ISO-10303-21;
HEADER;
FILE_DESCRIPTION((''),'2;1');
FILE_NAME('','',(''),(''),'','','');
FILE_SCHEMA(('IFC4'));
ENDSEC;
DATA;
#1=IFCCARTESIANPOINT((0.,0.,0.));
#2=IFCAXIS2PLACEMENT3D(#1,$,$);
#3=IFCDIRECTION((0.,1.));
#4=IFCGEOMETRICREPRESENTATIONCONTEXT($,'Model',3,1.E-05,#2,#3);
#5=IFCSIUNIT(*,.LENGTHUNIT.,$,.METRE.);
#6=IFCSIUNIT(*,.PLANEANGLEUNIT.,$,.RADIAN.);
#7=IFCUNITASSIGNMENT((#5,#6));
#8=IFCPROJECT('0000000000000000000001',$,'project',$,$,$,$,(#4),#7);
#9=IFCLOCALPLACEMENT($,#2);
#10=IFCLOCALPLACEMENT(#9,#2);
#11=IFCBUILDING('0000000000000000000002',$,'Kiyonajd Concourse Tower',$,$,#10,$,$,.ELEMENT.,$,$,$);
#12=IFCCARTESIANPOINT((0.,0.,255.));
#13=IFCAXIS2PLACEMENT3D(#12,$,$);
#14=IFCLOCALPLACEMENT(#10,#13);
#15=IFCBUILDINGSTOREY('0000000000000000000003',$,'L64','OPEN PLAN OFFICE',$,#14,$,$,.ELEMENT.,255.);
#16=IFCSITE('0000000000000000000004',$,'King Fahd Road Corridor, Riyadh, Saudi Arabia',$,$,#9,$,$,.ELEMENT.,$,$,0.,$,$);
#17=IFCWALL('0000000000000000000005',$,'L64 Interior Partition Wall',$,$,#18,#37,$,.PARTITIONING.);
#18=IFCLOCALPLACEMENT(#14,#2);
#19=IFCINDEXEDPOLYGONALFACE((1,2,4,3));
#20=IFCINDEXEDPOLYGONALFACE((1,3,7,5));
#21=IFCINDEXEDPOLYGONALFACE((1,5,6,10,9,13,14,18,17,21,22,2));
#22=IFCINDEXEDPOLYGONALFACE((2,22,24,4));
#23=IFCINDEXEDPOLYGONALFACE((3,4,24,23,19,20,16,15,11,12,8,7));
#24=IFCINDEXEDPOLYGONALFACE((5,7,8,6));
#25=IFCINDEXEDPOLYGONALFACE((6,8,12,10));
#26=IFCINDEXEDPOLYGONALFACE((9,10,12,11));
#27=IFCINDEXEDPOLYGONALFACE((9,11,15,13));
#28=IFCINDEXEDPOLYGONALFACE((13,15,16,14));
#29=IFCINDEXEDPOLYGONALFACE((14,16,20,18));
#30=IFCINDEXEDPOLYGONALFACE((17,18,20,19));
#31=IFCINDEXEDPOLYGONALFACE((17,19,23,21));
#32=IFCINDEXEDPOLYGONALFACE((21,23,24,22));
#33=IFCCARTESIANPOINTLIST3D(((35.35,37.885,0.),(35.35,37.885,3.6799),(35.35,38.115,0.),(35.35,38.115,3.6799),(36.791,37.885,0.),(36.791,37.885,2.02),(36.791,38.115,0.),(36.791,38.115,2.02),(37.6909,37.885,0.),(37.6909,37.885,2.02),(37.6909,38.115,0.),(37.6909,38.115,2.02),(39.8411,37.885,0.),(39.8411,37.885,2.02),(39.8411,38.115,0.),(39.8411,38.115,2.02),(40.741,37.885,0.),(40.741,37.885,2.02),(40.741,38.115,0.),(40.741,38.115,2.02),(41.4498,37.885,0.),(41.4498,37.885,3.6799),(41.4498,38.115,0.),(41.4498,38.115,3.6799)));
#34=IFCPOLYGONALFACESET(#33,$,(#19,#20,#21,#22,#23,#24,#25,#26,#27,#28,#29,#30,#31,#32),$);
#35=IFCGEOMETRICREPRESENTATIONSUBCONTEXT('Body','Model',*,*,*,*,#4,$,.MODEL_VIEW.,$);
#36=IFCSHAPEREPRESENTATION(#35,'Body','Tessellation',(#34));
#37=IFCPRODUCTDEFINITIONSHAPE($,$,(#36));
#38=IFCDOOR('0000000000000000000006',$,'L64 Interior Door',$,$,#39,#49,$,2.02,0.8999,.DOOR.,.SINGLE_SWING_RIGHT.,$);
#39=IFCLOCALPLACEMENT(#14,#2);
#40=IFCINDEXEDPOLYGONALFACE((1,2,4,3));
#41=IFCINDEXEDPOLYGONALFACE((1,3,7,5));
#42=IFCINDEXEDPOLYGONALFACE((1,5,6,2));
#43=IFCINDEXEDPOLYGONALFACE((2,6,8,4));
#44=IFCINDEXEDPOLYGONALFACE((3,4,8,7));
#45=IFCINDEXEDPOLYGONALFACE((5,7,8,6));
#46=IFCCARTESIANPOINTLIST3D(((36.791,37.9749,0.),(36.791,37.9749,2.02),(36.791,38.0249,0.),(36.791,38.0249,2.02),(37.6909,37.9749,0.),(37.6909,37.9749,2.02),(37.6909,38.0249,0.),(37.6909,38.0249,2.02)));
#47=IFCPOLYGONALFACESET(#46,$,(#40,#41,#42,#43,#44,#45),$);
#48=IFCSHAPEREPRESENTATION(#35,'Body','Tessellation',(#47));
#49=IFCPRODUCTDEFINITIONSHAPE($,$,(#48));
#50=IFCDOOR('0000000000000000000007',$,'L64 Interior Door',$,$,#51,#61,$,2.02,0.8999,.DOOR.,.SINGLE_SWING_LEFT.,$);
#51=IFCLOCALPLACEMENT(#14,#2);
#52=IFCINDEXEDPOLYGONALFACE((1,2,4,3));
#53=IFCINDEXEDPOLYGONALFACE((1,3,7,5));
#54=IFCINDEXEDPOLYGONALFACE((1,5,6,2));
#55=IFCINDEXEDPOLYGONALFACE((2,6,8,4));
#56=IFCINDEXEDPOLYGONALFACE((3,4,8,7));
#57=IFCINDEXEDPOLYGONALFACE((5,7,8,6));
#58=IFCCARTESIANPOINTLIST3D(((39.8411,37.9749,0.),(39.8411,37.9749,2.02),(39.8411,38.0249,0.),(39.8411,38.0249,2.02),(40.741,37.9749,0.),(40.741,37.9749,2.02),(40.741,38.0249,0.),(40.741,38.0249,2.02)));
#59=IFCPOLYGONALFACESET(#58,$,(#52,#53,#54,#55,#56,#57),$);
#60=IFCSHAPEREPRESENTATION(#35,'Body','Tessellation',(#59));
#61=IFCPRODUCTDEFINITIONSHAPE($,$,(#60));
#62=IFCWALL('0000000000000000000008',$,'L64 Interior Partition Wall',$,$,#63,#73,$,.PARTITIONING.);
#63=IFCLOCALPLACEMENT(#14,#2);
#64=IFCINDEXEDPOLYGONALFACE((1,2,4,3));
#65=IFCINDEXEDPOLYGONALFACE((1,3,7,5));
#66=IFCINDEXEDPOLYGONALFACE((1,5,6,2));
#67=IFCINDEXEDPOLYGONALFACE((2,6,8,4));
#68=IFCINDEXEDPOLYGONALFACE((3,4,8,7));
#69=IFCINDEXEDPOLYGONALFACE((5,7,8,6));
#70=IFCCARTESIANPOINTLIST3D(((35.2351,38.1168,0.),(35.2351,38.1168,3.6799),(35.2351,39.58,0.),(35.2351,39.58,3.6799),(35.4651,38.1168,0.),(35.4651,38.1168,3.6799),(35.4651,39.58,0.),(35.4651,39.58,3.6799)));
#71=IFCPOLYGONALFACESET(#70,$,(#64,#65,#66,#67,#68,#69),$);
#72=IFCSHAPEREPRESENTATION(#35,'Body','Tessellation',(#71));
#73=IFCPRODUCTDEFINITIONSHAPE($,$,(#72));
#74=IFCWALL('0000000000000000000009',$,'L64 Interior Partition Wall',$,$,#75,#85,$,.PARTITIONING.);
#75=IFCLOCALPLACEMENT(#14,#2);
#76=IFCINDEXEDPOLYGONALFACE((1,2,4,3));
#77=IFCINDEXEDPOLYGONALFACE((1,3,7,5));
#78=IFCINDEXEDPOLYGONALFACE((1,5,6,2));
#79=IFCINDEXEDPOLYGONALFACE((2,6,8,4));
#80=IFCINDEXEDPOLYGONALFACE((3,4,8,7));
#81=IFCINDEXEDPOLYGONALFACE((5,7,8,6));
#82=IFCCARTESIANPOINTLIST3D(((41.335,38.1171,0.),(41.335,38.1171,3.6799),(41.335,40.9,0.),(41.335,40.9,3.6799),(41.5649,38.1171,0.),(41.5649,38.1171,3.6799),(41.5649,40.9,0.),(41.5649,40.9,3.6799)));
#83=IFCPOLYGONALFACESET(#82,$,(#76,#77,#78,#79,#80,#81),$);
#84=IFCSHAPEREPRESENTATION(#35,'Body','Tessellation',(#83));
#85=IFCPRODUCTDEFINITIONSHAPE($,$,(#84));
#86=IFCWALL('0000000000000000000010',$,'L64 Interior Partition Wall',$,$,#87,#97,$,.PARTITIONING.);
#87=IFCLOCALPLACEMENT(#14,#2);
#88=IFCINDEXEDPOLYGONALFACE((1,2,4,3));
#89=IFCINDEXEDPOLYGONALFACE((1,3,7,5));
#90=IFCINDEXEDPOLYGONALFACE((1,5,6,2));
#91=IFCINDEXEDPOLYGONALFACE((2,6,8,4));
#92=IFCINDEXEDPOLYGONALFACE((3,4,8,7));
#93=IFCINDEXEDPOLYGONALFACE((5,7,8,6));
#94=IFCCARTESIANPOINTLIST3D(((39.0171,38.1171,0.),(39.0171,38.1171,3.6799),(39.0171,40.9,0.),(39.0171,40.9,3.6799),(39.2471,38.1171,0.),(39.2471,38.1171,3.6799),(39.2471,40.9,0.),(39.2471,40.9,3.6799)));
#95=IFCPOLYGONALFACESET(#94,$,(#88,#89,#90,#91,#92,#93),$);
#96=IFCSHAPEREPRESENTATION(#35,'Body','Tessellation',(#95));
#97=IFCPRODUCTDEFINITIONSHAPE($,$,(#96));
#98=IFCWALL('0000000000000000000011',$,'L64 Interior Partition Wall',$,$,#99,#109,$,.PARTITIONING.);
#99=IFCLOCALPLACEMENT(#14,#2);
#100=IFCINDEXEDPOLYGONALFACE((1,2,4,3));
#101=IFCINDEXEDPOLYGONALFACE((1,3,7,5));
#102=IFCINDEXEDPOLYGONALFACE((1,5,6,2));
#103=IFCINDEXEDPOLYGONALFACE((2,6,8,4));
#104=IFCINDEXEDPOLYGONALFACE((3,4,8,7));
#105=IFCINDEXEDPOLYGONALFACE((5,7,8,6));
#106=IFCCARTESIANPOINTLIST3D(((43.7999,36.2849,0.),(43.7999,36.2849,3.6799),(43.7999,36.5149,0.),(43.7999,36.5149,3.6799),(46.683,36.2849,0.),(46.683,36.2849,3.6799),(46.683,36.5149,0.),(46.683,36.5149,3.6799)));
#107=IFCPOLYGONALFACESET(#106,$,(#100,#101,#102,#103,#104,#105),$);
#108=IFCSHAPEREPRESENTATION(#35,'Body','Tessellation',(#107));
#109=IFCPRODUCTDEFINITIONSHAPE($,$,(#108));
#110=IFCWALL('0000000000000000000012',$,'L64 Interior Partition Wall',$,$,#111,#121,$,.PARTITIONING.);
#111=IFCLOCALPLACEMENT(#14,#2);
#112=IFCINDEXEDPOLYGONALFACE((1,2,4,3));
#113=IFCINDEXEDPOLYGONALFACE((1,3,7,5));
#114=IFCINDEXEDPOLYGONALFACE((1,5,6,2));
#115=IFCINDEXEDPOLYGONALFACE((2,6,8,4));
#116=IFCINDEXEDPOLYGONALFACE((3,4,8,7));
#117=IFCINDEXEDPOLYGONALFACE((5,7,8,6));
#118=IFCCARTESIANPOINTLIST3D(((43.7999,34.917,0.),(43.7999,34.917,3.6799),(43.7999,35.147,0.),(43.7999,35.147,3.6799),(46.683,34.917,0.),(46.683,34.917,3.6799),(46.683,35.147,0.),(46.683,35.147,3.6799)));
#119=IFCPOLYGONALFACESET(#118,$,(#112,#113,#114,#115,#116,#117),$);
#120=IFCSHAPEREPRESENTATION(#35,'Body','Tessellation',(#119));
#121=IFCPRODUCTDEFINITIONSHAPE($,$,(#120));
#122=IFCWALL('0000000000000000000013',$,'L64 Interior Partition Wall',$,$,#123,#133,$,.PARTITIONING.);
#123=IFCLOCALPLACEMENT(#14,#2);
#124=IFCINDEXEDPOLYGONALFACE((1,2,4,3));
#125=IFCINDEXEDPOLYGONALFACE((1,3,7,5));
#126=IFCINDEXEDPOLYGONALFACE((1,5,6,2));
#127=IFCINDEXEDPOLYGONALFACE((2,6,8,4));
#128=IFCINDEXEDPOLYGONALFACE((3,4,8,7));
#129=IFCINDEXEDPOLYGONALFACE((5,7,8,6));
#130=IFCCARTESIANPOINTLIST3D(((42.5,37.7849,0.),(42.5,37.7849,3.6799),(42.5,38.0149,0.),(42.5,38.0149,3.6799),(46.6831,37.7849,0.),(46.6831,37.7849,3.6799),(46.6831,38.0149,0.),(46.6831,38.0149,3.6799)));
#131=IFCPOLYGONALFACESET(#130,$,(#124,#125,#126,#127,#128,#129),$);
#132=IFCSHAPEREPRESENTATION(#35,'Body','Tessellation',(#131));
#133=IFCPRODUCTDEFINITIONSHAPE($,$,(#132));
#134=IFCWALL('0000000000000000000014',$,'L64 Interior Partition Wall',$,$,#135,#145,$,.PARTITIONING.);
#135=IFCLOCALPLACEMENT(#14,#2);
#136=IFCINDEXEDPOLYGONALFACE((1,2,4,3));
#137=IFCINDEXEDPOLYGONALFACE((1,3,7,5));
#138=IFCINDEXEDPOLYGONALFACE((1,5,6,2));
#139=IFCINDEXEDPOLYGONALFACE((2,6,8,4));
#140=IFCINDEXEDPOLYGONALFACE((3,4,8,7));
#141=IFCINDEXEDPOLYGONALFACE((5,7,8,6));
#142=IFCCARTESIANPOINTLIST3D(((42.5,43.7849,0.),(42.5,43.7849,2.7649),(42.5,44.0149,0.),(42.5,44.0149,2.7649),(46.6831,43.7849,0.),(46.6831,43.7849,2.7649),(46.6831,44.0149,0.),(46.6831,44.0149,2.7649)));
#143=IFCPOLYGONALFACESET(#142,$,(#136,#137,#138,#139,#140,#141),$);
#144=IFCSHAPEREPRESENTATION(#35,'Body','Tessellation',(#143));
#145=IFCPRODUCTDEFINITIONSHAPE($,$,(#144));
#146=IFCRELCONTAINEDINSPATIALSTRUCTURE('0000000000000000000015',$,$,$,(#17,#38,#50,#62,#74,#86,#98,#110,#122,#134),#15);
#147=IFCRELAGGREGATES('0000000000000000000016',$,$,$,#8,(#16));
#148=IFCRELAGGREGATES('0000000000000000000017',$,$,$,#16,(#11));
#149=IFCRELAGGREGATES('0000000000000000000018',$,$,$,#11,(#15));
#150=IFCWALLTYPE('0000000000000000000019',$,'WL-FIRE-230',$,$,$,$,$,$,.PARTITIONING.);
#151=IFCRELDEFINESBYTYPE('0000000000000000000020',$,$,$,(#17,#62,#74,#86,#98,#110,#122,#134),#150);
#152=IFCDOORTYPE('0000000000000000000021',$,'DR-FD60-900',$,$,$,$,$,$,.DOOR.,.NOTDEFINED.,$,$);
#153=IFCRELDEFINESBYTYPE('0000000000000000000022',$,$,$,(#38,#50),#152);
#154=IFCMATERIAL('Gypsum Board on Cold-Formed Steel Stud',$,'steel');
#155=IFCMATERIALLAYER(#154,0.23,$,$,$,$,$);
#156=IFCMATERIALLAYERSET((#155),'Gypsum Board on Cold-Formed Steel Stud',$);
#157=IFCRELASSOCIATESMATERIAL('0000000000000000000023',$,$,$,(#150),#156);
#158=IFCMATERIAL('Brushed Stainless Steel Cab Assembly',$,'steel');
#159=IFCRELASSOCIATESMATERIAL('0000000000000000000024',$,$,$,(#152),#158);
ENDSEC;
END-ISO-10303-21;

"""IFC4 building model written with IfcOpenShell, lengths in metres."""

from ifc_helpers import new_model, si_unit, direction, frame, frame_2d, origin, place, context, subcontext, project, spatial, rectangle, extrude, material, layer, layer_set, type_object, element, fill, save


model = new_model("IFC4")

# Units and contexts
model_context = context("Model", 3, precision=1e-05, world=origin(), true_north=direction((0.0, 1.0)))
body_context = subcontext(model_context, "Body", "Model", "MODEL_VIEW")
ifc_project = project(units=[si_unit("LENGTHUNIT", "METRE"), si_unit("PLANEANGLEUNIT", "RADIAN")], contexts=[model_context])

# Site, building, storey
site_placement = place(None, origin())
site = spatial("IfcSite", under=ifc_project, at=site_placement, Name="King Fahd Road Corridor, Riyadh, Saudi Arabia", CompositionType="ELEMENT", RefElevation=0.0)
building_placement = place(site_placement, origin())
building = spatial("IfcBuilding", under=site, at=building_placement, Name="Kiyonajd Concourse Tower", CompositionType="ELEMENT")
storey_placement = place(building_placement, frame((0.0, 0.0, 255.0)))
storey = spatial("IfcBuildingStorey", under=building, at=storey_placement, Name="L64", Description="OPEN PLAN OFFICE", CompositionType="ELEMENT", Elevation=255.0)

# Wall, openings, doors
ifc_material_1 = material(Name="Gypsum Board on Cold-Formed Steel Stud", Category="steel")
ifc_layer_1 = layer(ifc_material_1, 0.23)
ifc_layer_set_1 = layer_set([ifc_layer_1], Name="Gypsum Board on Cold-Formed Steel Stud")
wall_type_1 = type_object("IfcWallType", Name="WL-FIRE-230", PredefinedType="PARTITIONING", material=ifc_layer_set_1)
wall_1_placement = place(storey_placement, frame((35.3501, 38.0, 0.0), z_axis=(0.0, 0.0, 1.0), x_axis=(1.0, 0.0, 0.0)))
wall_1 = element("IfcWall", 1, at=wall_1_placement, inside=storey, type_object=wall_type_1, Name="L64 Interior Partition Wall", PredefinedType="PARTITIONING", context=body_context, shape_type="SweptSolid", body=[
    extrude(rectangle(XDim=6.0999, YDim=0.23, at=frame_2d((3.0498, 0.0))), origin(), (0.0, 0.0, 1.0), 3.6799),
])
opening_1_placement = place(wall_1_placement, frame((1.4409, 0.0, 0.0)))
opening_1 = element("IfcOpeningElement", 2, at=opening_1_placement, cuts=wall_1, PredefinedType="OPENING", context=body_context, shape_type="SweptSolid", body=[
    extrude(rectangle(XDim=0.8999, YDim=2.02, at=frame_2d((0.45, 1.01))), frame((0.0, 0.125, 0.0), z_axis=(0.0, -1.0, 0.0), x_axis=(1.0, 0.0, 0.0)), (0.0, 0.0, 1.0), 0.25),
])
opening_2_placement = place(wall_1_placement, frame((4.491, 0.0, 0.0)))
opening_2 = element("IfcOpeningElement", 3, at=opening_2_placement, cuts=wall_1, PredefinedType="OPENING", context=body_context, shape_type="SweptSolid", body=[
    extrude(rectangle(XDim=0.8999, YDim=2.02, at=frame_2d((0.45, 1.01))), frame((0.0, 0.125, 0.0), z_axis=(0.0, -1.0, 0.0), x_axis=(1.0, 0.0, 0.0)), (0.0, 0.0, 1.0), 0.25),
])
ifc_material_2 = material(Name="Brushed Stainless Steel Cab Assembly", Category="steel")
door_type_1 = type_object("IfcDoorType", Name="DR-FD60-900", OperationType="NOTDEFINED", PredefinedType="DOOR", material=ifc_material_2)
door_1_placement = place(opening_1_placement, origin())
door_1 = element("IfcDoor", 4, at=door_1_placement, inside=storey, type_object=door_type_1, Name="L64 Interior Door", OperationType="SINGLE_SWING_RIGHT", OverallHeight=2.02, OverallWidth=0.8999, PredefinedType="DOOR", context=body_context, shape_type="SweptSolid", body=[
    extrude(rectangle(XDim=0.8999, YDim=2.02, at=frame_2d((0.45, 1.01))), frame((0.0, 0.0249, 0.0), z_axis=(0.0, -1.0, 0.0), x_axis=(1.0, 0.0, 0.0)), (0.0, 0.0, 1.0), 0.05),
])
fill(opening_1, door_1)
door_2_placement = place(opening_2_placement, origin())
door_2 = element("IfcDoor", 5, at=door_2_placement, inside=storey, type_object=door_type_1, Name="L64 Interior Door", OperationType="SINGLE_SWING_LEFT", OverallHeight=2.02, OverallWidth=0.8999, PredefinedType="DOOR", context=body_context, shape_type="SweptSolid", body=[
    extrude(rectangle(XDim=0.8999, YDim=2.02, at=frame_2d((0.45, 1.01))), frame((0.0, 0.0249, 0.0), z_axis=(0.0, -1.0, 0.0), x_axis=(1.0, 0.0, 0.0)), (0.0, 0.0, 1.0), 0.05),
])
fill(opening_2, door_2)

# Walls
wall_2_placement = place(storey_placement, frame((35.3501, 38.1169, 0.0), z_axis=(0.0, 0.0, 1.0), x_axis=(0.0, 1.0, 0.0)))
element("IfcWall", 6, at=wall_2_placement, inside=storey, type_object=wall_type_1, Name="L64 Interior Partition Wall", PredefinedType="PARTITIONING", context=body_context, shape_type="SweptSolid", body=[
    extrude(rectangle(XDim=1.4631, YDim=0.23, at=frame_2d((0.7314, 0.0))), origin(), (0.0, 0.0, 1.0), 3.6799),
])
for number, where, z_axis, x_axis, name in (
    (7, (41.45, 38.1169, 0.0), (0.0, 0.0, 1.0), (0.0, 1.0, 0.0), "L64 Interior Partition Wall"),
    (8, (39.1321, 38.1169, 0.0), (0.0, 0.0, 1.0), (0.0, 1.0, 0.0), "L64 Interior Partition Wall"),
):
    element("IfcWall", number, at=place(storey_placement, frame(where, z_axis=z_axis, x_axis=x_axis)), inside=storey, type_object=wall_type_1, Name=name, PredefinedType="PARTITIONING", context=body_context, shape_type="SweptSolid", body=[
        extrude(rectangle(XDim=2.783, YDim=0.23, at=frame_2d((1.3916, 0.0))), origin(), (0.0, 0.0, 1.0), 3.6799),
    ])
for number, where, z_axis, x_axis, name in (
    (9, (43.8, 36.3999, 0.0), (0.0, 0.0, 1.0), (1.0, 0.0, 0.0), "L64 Interior Partition Wall"),
    (10, (43.8, 35.032, 0.0), (0.0, 0.0, 1.0), (1.0, 0.0, 0.0), "L64 Interior Partition Wall"),
):
    element("IfcWall", number, at=place(storey_placement, frame(where, z_axis=z_axis, x_axis=x_axis)), inside=storey, type_object=wall_type_1, Name=name, PredefinedType="PARTITIONING", context=body_context, shape_type="SweptSolid", body=[
        extrude(rectangle(XDim=2.8831, YDim=0.23, at=frame_2d((1.4414, 0.0))), origin(), (0.0, 0.0, 1.0), 3.6799),
    ])
wall_3_placement = place(storey_placement, frame((42.5, 37.8999, 0.0), z_axis=(0.0, 0.0, 1.0), x_axis=(1.0, 0.0, 0.0)))
element("IfcWall", 11, at=wall_3_placement, inside=storey, type_object=wall_type_1, Name="L64 Interior Partition Wall", PredefinedType="PARTITIONING", context=body_context, shape_type="SweptSolid", body=[
    extrude(rectangle(XDim=4.1831, YDim=0.23, at=frame_2d((2.0916, 0.0))), origin(), (0.0, 0.0, 1.0), 3.6799),
])
wall_4_placement = place(storey_placement, frame((42.5, 43.8999, 0.0), z_axis=(0.0, 0.0, 1.0), x_axis=(1.0, 0.0, 0.0)))
element("IfcWall", 12, at=wall_4_placement, inside=storey, type_object=wall_type_1, Name="L64 Interior Partition Wall", PredefinedType="PARTITIONING", context=body_context, shape_type="SweptSolid", body=[
    extrude(rectangle(XDim=4.1831, YDim=0.23, at=frame_2d((2.0916, 0.0))), origin(), (0.0, 0.0, 1.0), 2.7649),
])

save(model, "model.ifc")
